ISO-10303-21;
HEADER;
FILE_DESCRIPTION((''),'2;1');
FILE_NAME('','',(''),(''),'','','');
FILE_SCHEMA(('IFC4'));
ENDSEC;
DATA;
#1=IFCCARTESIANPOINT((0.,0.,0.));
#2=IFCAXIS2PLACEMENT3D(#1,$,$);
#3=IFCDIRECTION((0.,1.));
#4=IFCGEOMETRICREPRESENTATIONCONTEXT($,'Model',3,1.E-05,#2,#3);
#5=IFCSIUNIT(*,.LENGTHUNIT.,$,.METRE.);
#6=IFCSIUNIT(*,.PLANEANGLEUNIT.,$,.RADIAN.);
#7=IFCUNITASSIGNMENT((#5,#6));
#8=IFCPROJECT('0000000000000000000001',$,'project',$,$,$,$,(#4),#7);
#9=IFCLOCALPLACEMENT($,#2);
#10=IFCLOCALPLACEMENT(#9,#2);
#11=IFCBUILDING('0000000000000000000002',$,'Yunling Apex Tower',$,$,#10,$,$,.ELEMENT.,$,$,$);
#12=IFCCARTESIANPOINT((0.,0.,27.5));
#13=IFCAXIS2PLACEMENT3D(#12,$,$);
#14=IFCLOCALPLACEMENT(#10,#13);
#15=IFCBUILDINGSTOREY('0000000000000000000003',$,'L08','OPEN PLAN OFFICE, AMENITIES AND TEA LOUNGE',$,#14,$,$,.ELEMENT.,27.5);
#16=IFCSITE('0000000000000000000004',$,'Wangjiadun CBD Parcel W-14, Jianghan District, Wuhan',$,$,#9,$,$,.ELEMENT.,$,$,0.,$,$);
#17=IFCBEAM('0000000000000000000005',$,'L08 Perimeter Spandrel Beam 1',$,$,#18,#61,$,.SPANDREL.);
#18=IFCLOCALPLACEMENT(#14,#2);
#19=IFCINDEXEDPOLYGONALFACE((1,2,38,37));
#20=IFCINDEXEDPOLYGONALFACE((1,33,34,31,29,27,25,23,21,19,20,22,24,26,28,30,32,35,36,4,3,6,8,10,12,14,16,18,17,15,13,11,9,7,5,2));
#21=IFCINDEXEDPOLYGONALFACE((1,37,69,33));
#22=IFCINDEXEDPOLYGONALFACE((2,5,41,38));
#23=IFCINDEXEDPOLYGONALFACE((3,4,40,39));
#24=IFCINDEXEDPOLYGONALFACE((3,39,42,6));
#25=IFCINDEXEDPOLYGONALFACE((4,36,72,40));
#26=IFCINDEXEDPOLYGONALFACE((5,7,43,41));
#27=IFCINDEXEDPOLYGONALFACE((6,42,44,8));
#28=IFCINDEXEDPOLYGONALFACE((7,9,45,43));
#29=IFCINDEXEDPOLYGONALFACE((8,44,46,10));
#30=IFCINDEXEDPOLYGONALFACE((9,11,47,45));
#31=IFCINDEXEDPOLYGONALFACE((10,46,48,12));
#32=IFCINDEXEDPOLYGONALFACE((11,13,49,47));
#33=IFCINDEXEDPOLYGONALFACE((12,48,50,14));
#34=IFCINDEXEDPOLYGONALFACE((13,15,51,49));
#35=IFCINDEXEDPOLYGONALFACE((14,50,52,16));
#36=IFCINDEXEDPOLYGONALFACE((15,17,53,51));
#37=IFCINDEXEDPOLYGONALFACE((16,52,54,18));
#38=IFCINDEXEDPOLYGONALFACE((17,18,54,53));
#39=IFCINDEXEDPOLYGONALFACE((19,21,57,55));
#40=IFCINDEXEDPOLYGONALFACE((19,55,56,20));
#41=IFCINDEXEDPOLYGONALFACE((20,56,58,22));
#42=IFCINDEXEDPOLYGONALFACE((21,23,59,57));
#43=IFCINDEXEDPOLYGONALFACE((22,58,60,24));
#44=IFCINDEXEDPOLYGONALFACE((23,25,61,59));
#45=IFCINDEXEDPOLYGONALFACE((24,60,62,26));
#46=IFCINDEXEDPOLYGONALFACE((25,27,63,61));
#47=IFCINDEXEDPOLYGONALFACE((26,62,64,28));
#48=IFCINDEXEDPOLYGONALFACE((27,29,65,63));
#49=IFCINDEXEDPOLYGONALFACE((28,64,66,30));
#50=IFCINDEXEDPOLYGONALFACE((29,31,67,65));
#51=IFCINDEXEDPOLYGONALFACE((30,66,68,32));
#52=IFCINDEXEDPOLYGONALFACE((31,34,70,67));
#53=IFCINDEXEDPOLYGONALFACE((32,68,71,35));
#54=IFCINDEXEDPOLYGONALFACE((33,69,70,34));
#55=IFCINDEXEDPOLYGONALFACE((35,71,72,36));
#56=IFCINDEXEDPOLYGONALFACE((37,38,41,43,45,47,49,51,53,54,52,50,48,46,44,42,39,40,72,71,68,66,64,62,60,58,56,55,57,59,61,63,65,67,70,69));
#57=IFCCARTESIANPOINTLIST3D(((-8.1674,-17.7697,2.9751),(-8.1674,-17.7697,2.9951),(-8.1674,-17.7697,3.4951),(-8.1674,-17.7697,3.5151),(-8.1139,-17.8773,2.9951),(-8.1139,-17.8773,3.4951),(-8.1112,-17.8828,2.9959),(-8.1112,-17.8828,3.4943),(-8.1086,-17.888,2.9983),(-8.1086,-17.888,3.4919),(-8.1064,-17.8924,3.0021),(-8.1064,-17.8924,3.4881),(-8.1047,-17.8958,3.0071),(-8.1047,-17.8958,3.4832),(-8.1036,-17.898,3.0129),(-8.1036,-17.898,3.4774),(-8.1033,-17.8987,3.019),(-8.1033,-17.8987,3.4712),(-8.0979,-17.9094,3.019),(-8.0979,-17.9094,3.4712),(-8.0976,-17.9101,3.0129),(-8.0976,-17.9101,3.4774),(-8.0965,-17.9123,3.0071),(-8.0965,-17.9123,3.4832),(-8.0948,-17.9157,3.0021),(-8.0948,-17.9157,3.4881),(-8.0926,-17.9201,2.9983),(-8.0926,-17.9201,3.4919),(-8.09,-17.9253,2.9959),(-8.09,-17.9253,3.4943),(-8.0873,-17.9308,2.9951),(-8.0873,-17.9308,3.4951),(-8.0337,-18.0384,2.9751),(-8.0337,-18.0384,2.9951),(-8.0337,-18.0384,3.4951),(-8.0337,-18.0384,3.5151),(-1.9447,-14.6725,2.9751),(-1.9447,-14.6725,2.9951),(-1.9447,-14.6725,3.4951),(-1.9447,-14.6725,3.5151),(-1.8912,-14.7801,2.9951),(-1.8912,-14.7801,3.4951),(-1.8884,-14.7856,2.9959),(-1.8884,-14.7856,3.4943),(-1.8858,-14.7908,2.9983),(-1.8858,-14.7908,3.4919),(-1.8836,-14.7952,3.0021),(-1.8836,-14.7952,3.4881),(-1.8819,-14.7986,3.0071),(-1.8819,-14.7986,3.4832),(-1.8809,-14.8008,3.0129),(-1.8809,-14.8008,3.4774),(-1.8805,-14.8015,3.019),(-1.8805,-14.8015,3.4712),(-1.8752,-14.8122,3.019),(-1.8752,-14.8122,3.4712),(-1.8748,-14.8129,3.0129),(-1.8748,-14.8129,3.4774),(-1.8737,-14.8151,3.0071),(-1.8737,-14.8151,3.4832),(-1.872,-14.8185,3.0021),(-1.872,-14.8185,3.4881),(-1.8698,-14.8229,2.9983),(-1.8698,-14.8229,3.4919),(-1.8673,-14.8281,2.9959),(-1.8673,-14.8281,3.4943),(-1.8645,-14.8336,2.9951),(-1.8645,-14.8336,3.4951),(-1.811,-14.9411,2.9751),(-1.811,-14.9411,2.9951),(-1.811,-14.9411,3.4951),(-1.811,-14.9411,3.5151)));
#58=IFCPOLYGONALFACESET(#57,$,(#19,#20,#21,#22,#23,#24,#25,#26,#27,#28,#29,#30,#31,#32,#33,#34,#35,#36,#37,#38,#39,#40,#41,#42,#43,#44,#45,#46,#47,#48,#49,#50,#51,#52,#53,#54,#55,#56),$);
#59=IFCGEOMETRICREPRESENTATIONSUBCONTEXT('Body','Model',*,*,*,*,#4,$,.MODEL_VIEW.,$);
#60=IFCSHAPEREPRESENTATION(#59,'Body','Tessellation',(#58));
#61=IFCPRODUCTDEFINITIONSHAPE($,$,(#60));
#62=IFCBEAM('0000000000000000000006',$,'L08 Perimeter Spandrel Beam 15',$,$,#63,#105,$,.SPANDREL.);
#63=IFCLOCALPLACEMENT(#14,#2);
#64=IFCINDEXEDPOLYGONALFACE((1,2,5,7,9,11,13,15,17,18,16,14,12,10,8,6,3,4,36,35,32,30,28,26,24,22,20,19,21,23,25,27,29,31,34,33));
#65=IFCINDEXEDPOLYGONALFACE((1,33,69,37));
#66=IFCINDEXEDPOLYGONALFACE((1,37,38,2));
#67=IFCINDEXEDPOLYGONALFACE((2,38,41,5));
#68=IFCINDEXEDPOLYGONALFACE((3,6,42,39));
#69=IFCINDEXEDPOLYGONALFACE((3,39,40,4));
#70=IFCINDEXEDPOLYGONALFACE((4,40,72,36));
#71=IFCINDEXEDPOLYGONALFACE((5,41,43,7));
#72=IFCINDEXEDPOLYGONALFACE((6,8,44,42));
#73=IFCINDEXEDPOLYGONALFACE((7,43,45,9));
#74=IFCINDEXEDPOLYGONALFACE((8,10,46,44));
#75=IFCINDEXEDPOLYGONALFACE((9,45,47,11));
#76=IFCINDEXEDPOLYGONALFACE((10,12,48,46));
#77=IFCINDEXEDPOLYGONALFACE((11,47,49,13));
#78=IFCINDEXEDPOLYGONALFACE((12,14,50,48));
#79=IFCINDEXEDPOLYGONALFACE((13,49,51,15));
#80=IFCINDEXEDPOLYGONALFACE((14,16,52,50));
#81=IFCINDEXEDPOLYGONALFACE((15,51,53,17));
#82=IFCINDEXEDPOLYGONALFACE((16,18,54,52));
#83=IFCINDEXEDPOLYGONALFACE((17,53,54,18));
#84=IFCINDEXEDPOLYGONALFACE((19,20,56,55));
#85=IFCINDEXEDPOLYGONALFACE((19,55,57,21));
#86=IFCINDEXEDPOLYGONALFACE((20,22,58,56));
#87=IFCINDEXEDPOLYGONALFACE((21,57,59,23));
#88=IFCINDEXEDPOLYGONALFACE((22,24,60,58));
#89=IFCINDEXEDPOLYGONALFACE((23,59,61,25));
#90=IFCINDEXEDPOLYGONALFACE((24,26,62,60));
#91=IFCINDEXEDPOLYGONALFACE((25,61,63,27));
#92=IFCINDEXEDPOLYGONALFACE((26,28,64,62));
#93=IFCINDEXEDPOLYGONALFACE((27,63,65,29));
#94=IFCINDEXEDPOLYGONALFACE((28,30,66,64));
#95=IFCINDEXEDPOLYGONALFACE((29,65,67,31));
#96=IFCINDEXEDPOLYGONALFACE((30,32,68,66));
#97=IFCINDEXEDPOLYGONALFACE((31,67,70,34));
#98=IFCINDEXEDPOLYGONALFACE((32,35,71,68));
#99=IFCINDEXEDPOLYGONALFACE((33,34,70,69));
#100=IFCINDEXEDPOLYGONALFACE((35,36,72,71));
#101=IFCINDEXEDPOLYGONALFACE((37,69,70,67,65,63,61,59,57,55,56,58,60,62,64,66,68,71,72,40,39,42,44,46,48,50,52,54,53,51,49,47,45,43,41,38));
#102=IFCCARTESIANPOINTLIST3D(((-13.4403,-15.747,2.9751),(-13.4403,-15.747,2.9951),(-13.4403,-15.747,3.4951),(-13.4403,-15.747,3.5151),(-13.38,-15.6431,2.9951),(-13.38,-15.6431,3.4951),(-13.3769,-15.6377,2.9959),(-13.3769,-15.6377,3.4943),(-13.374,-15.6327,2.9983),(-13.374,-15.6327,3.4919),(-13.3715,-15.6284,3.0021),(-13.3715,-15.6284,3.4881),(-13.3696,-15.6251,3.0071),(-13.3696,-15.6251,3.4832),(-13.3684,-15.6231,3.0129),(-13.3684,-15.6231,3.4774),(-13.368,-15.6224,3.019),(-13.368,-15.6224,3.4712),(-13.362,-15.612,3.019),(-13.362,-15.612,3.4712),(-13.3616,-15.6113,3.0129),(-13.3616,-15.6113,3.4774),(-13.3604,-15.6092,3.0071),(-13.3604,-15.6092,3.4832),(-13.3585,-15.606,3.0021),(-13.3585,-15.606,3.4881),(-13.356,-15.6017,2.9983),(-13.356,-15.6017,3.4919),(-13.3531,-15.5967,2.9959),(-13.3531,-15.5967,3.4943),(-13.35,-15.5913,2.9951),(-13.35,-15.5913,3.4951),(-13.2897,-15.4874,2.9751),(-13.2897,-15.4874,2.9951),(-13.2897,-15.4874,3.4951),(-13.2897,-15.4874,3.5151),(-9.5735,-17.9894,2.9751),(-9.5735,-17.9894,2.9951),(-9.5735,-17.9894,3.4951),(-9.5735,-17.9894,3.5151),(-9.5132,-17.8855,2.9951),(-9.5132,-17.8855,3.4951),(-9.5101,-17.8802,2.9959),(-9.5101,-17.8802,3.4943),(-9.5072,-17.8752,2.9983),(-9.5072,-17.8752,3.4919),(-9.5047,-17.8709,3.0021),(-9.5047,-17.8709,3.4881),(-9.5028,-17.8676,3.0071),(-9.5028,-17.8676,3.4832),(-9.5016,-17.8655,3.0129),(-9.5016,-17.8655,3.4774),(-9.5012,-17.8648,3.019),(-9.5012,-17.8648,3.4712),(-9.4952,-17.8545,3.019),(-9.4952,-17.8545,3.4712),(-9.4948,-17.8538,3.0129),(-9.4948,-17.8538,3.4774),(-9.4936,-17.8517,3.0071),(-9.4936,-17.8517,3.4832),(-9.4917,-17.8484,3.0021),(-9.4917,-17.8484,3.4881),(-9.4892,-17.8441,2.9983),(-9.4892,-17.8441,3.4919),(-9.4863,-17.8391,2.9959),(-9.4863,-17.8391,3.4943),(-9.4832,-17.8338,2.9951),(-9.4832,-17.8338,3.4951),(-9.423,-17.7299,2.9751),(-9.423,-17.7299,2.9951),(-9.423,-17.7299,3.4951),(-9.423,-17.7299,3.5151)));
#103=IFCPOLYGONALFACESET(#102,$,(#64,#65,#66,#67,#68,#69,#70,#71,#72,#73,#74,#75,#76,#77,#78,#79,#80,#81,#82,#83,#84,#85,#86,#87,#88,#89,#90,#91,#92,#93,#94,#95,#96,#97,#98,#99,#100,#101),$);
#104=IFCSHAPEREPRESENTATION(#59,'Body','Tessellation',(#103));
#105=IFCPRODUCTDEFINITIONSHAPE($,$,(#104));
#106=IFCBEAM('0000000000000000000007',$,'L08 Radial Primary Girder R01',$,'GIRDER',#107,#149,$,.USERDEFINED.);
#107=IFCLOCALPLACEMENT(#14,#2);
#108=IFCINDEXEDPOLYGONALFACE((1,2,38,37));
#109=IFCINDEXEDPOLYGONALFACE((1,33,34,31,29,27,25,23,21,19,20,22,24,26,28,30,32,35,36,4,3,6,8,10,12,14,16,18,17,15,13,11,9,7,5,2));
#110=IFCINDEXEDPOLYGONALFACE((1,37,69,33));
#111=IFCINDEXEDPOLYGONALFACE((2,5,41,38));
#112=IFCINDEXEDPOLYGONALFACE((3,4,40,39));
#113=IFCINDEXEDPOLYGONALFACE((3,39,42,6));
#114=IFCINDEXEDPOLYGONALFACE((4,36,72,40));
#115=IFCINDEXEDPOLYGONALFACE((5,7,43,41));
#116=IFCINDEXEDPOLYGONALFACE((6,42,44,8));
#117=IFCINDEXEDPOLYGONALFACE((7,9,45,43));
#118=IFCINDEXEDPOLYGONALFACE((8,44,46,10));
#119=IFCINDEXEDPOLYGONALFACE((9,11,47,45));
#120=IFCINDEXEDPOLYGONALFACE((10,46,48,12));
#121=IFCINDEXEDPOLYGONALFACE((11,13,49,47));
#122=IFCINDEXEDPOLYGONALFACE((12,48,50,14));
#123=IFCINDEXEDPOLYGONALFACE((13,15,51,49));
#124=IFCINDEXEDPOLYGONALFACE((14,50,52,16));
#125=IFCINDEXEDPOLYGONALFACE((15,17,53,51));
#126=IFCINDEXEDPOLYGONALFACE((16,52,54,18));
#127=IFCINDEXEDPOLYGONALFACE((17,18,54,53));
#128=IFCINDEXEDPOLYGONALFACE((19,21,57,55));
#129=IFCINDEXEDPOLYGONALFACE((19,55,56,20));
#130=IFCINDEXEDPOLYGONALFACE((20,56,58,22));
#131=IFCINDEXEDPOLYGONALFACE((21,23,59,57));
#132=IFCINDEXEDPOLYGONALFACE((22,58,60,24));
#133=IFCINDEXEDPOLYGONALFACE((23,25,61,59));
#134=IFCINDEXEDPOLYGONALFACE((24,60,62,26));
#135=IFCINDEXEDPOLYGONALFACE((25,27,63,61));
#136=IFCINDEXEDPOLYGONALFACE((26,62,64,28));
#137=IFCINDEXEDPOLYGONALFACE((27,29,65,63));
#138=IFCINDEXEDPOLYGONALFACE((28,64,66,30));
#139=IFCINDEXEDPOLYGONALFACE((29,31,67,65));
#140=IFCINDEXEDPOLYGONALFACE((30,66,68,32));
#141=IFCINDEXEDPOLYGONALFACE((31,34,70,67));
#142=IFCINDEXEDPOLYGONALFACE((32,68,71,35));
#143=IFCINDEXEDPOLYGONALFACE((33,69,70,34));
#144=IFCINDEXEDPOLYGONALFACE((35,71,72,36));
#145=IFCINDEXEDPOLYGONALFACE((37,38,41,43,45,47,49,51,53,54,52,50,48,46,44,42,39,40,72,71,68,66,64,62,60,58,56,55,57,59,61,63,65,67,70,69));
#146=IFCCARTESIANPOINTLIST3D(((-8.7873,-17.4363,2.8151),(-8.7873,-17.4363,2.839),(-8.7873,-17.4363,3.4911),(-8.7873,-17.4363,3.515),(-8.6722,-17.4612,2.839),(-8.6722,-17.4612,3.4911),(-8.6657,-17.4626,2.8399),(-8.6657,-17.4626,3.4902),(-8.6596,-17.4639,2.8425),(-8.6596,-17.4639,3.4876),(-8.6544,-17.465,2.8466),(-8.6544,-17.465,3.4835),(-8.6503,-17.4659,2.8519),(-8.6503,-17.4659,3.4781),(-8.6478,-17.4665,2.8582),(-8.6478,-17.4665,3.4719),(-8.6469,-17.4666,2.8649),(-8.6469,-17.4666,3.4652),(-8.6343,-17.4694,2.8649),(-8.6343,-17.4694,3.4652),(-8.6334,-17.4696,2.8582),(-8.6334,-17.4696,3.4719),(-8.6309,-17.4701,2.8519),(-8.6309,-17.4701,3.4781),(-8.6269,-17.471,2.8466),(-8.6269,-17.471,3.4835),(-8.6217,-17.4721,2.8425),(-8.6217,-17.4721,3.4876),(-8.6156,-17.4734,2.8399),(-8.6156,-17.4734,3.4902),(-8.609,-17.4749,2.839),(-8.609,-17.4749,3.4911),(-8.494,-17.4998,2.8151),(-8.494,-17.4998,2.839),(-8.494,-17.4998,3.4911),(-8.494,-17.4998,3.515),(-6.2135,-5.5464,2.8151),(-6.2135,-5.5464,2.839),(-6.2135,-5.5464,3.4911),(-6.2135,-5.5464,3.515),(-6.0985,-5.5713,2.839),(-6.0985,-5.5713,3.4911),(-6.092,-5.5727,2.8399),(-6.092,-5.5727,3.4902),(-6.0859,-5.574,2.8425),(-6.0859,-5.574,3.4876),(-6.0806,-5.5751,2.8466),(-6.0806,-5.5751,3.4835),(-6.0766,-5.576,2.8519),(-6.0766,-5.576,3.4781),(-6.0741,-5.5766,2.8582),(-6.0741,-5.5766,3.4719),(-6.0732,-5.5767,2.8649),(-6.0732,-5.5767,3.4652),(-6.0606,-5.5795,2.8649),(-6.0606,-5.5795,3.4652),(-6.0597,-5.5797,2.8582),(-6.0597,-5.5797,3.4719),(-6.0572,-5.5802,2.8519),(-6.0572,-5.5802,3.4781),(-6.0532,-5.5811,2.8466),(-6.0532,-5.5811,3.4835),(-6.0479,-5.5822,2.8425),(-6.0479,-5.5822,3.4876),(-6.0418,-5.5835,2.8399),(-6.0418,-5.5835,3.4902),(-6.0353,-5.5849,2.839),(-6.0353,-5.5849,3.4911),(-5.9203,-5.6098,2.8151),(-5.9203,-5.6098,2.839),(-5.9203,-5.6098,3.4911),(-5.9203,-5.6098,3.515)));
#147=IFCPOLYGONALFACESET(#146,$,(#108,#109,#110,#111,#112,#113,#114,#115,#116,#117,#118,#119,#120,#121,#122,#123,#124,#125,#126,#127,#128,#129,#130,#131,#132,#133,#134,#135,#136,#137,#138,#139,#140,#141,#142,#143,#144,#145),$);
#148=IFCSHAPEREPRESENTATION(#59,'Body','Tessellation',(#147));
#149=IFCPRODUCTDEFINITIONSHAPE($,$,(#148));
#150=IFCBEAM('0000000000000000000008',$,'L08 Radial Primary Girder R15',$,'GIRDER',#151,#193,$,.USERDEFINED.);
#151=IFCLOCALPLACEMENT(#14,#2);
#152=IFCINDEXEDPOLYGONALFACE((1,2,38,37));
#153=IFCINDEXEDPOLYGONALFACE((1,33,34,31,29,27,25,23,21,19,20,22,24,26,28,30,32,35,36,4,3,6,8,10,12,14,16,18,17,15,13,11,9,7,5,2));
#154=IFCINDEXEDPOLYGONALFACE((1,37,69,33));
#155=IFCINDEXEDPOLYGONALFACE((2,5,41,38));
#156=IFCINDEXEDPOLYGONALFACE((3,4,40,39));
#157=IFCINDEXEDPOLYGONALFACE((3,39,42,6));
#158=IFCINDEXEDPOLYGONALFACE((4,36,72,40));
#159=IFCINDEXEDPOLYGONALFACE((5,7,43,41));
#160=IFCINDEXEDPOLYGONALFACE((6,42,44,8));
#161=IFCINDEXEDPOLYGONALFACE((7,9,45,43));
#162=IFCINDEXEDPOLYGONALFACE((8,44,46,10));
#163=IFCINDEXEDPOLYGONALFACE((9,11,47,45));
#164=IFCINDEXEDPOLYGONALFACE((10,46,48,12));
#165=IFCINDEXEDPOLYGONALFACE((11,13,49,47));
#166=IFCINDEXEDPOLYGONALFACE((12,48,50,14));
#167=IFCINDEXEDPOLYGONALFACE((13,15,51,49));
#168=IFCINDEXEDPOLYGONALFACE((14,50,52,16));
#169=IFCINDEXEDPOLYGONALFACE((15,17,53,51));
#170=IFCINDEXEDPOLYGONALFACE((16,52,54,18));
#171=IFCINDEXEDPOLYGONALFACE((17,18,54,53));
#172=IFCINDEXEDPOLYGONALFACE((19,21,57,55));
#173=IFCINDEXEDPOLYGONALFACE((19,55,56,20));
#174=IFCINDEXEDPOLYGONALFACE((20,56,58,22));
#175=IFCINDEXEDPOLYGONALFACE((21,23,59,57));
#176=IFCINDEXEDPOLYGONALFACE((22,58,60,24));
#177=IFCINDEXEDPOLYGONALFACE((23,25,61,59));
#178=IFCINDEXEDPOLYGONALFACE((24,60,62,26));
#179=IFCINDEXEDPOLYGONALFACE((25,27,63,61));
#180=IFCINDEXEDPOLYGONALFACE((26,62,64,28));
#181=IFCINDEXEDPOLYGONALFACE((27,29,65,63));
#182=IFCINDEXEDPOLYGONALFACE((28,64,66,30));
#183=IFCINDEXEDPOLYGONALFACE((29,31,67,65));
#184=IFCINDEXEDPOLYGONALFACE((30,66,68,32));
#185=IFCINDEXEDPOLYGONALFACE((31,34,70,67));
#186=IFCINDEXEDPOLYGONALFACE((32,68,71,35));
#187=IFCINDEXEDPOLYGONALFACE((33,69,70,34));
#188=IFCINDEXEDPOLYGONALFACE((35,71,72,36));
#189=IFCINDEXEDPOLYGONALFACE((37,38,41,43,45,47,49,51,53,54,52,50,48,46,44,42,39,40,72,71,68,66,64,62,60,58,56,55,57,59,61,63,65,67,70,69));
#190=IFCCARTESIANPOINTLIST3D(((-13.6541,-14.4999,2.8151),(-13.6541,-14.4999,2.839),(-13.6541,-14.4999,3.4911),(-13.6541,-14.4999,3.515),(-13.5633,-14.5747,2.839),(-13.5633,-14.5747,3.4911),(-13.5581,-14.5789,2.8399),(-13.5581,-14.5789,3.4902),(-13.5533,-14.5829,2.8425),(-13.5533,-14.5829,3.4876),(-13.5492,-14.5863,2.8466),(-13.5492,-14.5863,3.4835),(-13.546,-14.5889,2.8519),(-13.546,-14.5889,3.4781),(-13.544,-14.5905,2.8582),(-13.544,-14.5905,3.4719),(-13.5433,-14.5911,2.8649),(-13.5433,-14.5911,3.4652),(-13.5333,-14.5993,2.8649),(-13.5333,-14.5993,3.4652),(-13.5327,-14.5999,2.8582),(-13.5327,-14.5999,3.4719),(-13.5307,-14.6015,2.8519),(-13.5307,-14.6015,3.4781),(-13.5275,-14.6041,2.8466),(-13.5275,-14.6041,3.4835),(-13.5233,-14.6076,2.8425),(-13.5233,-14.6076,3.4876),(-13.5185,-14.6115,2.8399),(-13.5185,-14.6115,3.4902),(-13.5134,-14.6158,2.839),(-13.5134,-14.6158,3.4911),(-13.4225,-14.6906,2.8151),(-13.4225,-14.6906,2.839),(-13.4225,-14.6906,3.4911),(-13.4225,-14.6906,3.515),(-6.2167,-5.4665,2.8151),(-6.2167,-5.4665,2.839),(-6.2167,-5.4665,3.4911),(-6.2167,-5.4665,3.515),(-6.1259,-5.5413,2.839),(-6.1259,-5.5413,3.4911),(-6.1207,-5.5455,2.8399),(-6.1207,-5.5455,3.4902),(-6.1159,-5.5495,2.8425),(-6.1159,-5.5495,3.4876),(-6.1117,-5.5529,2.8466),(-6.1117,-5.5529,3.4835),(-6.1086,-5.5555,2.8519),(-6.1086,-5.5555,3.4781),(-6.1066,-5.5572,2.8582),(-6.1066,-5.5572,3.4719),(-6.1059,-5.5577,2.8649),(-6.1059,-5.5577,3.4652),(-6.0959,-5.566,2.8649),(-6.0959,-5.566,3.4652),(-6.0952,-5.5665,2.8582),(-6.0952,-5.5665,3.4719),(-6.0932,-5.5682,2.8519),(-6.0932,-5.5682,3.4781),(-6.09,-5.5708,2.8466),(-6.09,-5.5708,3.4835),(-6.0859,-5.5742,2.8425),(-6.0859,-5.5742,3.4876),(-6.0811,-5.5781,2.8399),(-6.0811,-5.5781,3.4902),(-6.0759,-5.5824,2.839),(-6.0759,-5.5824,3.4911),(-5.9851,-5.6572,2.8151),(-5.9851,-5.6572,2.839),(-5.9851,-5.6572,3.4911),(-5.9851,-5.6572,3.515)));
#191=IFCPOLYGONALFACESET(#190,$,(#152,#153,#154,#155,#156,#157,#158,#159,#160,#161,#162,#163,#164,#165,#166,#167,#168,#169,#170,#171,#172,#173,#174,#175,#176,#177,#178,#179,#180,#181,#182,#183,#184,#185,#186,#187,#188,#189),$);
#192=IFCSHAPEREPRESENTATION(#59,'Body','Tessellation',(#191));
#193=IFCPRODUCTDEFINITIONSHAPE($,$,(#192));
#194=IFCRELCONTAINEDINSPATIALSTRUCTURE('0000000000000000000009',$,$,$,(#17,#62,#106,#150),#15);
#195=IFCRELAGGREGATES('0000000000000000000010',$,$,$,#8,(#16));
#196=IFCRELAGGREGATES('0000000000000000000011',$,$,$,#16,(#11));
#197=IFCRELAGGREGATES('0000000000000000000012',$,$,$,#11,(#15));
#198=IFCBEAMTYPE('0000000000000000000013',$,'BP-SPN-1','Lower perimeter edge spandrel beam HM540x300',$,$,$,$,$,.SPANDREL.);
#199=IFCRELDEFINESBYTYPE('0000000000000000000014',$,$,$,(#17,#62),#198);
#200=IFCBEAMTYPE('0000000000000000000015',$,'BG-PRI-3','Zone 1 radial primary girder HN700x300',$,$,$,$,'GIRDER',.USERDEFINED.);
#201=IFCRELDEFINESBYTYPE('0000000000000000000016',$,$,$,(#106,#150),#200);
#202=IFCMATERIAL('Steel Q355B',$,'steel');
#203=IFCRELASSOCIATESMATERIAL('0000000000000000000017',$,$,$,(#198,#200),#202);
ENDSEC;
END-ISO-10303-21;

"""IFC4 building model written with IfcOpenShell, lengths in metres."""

from ifc_helpers import new_model, si_unit, direction, frame, origin, origin_2d, place, context, subcontext, project, spatial, i_section, extrude, source, transform, mapped, material, material_profile, profile_set, type_object, element, save


model = new_model("IFC4")

# Units and contexts
model_context = context("Model", 3, precision=1e-05, world=origin(), true_north=direction((0.0, 1.0)))
body_context = subcontext(model_context, "Body", "Model", "MODEL_VIEW")
ifc_project = project(units=[si_unit("LENGTHUNIT", "METRE"), si_unit("PLANEANGLEUNIT", "RADIAN")], contexts=[model_context])

# Site, building, storey
site_placement = place(None, origin())
site = spatial("IfcSite", under=ifc_project, at=site_placement, Name="Wangjiadun CBD Parcel W-14, Jianghan District, Wuhan", CompositionType="ELEMENT", RefElevation=0.0)
building_placement = place(site_placement, origin())
building = spatial("IfcBuilding", under=site, at=building_placement, Name="Yunling Apex Tower", CompositionType="ELEMENT")
storey_placement = place(building_placement, frame((0.0, 0.0, 27.5)))
storey = spatial("IfcBuildingStorey", under=building, at=storey_placement, Name="L08", Description="OPEN PLAN OFFICE, AMENITIES AND TEA LOUNGE", CompositionType="ELEMENT", Elevation=27.5)

# Beams
ifc_material_1 = material(Name="Steel Q355B", Category="steel")
ifc_material_profile_1 = material_profile(ifc_material_1, i_section(OverallWidth=0.3, OverallDepth=0.54, WebThickness=0.012, FlangeThickness=0.02, FilletRadius=0.0239, at=origin_2d()))
ifc_profile_set_1 = profile_set([ifc_material_profile_1], Name="Steel Q355B")
beam_type_1 = type_object("IfcBeamType", Name="BP-SPN-1", Description="Lower perimeter edge spandrel beam HM540x300", PredefinedType="SPANDREL", material=ifc_profile_set_1)
shared_shape_1 = source(origin(), body_context, "Body", "SweptSolid", [
    extrude(i_section(OverallWidth=0.3, OverallDepth=0.54, WebThickness=0.012, FlangeThickness=0.02, FilletRadius=0.0239, at=origin_2d()), origin(), (0.0, 0.0, 1.0), 6.9509),
])
beam_1_placement = place(storey_placement, frame((-8.1006, -17.9041, 3.2451), z_axis=(0.895241, 0.445583, 0.0), x_axis=(-0.445583, 0.895241, 0.0)))
element("IfcBeam", 1, at=beam_1_placement, inside=storey, type_object=beam_type_1, Name="L08 Perimeter Spandrel Beam 1", PredefinedType="SPANDREL", context=body_context, shape_type="MappedRepresentation", body=[
    mapped(shared_shape_1, transform((0.0, 0.0, 0.0), scale=1.0)),
])
shared_shape_2 = source(origin(), body_context, "Body", "SweptSolid", [
    extrude(i_section(OverallWidth=0.3, OverallDepth=0.54, WebThickness=0.012, FlangeThickness=0.02, FilletRadius=0.0239, at=origin_2d()), origin(), (0.0, 0.0, 1.0), 4.47),
])
beam_2_placement = place(storey_placement, frame((-13.365, -15.6172, 3.2451), z_axis=(0.865056, -0.501676, 0.0), x_axis=(0.501676, 0.865056, 0.0)))
element("IfcBeam", 2, at=beam_2_placement, inside=storey, type_object=beam_type_1, Name="L08 Perimeter Spandrel Beam 15", PredefinedType="SPANDREL", context=body_context, shape_type="MappedRepresentation", body=[
    mapped(shared_shape_2, transform((0.0, 0.0, 0.0), scale=1.0)),
])
ifc_material_profile_2 = material_profile(ifc_material_1, i_section(OverallWidth=0.3, OverallDepth=0.7, WebThickness=0.0129, FlangeThickness=0.0239, FilletRadius=0.0259, at=origin_2d()))
ifc_profile_set_2 = profile_set([ifc_material_profile_2], Name="Steel Q355B")
beam_type_2 = type_object("IfcBeamType", Name="BG-PRI-3", Description="Zone 1 radial primary girder HN700x300", ElementType="GIRDER", PredefinedType="USERDEFINED", material=ifc_profile_set_2)
shared_shape_3 = source(origin(), body_context, "Body", "SweptSolid", [
    extrude(i_section(OverallWidth=0.3, OverallDepth=0.7, WebThickness=0.0129, FlangeThickness=0.0239, FilletRadius=0.0259, at=origin_2d()), origin(), (0.0, 0.0, 1.0), 12.1653),
])
beam_3_placement = place(storey_placement, frame((-8.6406, -17.468, 3.165), z_axis=(0.211564, 0.977364, 0.0), x_axis=(-0.977364, 0.211564, 0.0)))
element("IfcBeam", 3, at=beam_3_placement, inside=storey, type_object=beam_type_2, Name="L08 Radial Primary Girder R01", ObjectType="GIRDER", PredefinedType="USERDEFINED", context=body_context, shape_type="MappedRepresentation", body=[
    mapped(shared_shape_3, transform((0.0, 0.0, 0.0), scale=1.0)),
])
shared_shape_4 = source(origin(), body_context, "Body", "SweptSolid", [
    extrude(i_section(OverallWidth=0.3, OverallDepth=0.7, WebThickness=0.0129, FlangeThickness=0.0239, FilletRadius=0.0259, at=origin_2d()), origin(), (0.0, 0.0, 1.0), 11.7012),
])
beam_4_placement = place(storey_placement, frame((-13.5383, -14.5952, 3.165), z_axis=(0.635615, 0.772006, 0.0), x_axis=(-0.772006, 0.635615, 0.0)))
element("IfcBeam", 4, at=beam_4_placement, inside=storey, type_object=beam_type_2, Name="L08 Radial Primary Girder R15", ObjectType="GIRDER", PredefinedType="USERDEFINED", context=body_context, shape_type="MappedRepresentation", body=[
    mapped(shared_shape_4, transform((0.0, 0.0, 0.0), scale=1.0)),
])

save(model, "model.ifc")
